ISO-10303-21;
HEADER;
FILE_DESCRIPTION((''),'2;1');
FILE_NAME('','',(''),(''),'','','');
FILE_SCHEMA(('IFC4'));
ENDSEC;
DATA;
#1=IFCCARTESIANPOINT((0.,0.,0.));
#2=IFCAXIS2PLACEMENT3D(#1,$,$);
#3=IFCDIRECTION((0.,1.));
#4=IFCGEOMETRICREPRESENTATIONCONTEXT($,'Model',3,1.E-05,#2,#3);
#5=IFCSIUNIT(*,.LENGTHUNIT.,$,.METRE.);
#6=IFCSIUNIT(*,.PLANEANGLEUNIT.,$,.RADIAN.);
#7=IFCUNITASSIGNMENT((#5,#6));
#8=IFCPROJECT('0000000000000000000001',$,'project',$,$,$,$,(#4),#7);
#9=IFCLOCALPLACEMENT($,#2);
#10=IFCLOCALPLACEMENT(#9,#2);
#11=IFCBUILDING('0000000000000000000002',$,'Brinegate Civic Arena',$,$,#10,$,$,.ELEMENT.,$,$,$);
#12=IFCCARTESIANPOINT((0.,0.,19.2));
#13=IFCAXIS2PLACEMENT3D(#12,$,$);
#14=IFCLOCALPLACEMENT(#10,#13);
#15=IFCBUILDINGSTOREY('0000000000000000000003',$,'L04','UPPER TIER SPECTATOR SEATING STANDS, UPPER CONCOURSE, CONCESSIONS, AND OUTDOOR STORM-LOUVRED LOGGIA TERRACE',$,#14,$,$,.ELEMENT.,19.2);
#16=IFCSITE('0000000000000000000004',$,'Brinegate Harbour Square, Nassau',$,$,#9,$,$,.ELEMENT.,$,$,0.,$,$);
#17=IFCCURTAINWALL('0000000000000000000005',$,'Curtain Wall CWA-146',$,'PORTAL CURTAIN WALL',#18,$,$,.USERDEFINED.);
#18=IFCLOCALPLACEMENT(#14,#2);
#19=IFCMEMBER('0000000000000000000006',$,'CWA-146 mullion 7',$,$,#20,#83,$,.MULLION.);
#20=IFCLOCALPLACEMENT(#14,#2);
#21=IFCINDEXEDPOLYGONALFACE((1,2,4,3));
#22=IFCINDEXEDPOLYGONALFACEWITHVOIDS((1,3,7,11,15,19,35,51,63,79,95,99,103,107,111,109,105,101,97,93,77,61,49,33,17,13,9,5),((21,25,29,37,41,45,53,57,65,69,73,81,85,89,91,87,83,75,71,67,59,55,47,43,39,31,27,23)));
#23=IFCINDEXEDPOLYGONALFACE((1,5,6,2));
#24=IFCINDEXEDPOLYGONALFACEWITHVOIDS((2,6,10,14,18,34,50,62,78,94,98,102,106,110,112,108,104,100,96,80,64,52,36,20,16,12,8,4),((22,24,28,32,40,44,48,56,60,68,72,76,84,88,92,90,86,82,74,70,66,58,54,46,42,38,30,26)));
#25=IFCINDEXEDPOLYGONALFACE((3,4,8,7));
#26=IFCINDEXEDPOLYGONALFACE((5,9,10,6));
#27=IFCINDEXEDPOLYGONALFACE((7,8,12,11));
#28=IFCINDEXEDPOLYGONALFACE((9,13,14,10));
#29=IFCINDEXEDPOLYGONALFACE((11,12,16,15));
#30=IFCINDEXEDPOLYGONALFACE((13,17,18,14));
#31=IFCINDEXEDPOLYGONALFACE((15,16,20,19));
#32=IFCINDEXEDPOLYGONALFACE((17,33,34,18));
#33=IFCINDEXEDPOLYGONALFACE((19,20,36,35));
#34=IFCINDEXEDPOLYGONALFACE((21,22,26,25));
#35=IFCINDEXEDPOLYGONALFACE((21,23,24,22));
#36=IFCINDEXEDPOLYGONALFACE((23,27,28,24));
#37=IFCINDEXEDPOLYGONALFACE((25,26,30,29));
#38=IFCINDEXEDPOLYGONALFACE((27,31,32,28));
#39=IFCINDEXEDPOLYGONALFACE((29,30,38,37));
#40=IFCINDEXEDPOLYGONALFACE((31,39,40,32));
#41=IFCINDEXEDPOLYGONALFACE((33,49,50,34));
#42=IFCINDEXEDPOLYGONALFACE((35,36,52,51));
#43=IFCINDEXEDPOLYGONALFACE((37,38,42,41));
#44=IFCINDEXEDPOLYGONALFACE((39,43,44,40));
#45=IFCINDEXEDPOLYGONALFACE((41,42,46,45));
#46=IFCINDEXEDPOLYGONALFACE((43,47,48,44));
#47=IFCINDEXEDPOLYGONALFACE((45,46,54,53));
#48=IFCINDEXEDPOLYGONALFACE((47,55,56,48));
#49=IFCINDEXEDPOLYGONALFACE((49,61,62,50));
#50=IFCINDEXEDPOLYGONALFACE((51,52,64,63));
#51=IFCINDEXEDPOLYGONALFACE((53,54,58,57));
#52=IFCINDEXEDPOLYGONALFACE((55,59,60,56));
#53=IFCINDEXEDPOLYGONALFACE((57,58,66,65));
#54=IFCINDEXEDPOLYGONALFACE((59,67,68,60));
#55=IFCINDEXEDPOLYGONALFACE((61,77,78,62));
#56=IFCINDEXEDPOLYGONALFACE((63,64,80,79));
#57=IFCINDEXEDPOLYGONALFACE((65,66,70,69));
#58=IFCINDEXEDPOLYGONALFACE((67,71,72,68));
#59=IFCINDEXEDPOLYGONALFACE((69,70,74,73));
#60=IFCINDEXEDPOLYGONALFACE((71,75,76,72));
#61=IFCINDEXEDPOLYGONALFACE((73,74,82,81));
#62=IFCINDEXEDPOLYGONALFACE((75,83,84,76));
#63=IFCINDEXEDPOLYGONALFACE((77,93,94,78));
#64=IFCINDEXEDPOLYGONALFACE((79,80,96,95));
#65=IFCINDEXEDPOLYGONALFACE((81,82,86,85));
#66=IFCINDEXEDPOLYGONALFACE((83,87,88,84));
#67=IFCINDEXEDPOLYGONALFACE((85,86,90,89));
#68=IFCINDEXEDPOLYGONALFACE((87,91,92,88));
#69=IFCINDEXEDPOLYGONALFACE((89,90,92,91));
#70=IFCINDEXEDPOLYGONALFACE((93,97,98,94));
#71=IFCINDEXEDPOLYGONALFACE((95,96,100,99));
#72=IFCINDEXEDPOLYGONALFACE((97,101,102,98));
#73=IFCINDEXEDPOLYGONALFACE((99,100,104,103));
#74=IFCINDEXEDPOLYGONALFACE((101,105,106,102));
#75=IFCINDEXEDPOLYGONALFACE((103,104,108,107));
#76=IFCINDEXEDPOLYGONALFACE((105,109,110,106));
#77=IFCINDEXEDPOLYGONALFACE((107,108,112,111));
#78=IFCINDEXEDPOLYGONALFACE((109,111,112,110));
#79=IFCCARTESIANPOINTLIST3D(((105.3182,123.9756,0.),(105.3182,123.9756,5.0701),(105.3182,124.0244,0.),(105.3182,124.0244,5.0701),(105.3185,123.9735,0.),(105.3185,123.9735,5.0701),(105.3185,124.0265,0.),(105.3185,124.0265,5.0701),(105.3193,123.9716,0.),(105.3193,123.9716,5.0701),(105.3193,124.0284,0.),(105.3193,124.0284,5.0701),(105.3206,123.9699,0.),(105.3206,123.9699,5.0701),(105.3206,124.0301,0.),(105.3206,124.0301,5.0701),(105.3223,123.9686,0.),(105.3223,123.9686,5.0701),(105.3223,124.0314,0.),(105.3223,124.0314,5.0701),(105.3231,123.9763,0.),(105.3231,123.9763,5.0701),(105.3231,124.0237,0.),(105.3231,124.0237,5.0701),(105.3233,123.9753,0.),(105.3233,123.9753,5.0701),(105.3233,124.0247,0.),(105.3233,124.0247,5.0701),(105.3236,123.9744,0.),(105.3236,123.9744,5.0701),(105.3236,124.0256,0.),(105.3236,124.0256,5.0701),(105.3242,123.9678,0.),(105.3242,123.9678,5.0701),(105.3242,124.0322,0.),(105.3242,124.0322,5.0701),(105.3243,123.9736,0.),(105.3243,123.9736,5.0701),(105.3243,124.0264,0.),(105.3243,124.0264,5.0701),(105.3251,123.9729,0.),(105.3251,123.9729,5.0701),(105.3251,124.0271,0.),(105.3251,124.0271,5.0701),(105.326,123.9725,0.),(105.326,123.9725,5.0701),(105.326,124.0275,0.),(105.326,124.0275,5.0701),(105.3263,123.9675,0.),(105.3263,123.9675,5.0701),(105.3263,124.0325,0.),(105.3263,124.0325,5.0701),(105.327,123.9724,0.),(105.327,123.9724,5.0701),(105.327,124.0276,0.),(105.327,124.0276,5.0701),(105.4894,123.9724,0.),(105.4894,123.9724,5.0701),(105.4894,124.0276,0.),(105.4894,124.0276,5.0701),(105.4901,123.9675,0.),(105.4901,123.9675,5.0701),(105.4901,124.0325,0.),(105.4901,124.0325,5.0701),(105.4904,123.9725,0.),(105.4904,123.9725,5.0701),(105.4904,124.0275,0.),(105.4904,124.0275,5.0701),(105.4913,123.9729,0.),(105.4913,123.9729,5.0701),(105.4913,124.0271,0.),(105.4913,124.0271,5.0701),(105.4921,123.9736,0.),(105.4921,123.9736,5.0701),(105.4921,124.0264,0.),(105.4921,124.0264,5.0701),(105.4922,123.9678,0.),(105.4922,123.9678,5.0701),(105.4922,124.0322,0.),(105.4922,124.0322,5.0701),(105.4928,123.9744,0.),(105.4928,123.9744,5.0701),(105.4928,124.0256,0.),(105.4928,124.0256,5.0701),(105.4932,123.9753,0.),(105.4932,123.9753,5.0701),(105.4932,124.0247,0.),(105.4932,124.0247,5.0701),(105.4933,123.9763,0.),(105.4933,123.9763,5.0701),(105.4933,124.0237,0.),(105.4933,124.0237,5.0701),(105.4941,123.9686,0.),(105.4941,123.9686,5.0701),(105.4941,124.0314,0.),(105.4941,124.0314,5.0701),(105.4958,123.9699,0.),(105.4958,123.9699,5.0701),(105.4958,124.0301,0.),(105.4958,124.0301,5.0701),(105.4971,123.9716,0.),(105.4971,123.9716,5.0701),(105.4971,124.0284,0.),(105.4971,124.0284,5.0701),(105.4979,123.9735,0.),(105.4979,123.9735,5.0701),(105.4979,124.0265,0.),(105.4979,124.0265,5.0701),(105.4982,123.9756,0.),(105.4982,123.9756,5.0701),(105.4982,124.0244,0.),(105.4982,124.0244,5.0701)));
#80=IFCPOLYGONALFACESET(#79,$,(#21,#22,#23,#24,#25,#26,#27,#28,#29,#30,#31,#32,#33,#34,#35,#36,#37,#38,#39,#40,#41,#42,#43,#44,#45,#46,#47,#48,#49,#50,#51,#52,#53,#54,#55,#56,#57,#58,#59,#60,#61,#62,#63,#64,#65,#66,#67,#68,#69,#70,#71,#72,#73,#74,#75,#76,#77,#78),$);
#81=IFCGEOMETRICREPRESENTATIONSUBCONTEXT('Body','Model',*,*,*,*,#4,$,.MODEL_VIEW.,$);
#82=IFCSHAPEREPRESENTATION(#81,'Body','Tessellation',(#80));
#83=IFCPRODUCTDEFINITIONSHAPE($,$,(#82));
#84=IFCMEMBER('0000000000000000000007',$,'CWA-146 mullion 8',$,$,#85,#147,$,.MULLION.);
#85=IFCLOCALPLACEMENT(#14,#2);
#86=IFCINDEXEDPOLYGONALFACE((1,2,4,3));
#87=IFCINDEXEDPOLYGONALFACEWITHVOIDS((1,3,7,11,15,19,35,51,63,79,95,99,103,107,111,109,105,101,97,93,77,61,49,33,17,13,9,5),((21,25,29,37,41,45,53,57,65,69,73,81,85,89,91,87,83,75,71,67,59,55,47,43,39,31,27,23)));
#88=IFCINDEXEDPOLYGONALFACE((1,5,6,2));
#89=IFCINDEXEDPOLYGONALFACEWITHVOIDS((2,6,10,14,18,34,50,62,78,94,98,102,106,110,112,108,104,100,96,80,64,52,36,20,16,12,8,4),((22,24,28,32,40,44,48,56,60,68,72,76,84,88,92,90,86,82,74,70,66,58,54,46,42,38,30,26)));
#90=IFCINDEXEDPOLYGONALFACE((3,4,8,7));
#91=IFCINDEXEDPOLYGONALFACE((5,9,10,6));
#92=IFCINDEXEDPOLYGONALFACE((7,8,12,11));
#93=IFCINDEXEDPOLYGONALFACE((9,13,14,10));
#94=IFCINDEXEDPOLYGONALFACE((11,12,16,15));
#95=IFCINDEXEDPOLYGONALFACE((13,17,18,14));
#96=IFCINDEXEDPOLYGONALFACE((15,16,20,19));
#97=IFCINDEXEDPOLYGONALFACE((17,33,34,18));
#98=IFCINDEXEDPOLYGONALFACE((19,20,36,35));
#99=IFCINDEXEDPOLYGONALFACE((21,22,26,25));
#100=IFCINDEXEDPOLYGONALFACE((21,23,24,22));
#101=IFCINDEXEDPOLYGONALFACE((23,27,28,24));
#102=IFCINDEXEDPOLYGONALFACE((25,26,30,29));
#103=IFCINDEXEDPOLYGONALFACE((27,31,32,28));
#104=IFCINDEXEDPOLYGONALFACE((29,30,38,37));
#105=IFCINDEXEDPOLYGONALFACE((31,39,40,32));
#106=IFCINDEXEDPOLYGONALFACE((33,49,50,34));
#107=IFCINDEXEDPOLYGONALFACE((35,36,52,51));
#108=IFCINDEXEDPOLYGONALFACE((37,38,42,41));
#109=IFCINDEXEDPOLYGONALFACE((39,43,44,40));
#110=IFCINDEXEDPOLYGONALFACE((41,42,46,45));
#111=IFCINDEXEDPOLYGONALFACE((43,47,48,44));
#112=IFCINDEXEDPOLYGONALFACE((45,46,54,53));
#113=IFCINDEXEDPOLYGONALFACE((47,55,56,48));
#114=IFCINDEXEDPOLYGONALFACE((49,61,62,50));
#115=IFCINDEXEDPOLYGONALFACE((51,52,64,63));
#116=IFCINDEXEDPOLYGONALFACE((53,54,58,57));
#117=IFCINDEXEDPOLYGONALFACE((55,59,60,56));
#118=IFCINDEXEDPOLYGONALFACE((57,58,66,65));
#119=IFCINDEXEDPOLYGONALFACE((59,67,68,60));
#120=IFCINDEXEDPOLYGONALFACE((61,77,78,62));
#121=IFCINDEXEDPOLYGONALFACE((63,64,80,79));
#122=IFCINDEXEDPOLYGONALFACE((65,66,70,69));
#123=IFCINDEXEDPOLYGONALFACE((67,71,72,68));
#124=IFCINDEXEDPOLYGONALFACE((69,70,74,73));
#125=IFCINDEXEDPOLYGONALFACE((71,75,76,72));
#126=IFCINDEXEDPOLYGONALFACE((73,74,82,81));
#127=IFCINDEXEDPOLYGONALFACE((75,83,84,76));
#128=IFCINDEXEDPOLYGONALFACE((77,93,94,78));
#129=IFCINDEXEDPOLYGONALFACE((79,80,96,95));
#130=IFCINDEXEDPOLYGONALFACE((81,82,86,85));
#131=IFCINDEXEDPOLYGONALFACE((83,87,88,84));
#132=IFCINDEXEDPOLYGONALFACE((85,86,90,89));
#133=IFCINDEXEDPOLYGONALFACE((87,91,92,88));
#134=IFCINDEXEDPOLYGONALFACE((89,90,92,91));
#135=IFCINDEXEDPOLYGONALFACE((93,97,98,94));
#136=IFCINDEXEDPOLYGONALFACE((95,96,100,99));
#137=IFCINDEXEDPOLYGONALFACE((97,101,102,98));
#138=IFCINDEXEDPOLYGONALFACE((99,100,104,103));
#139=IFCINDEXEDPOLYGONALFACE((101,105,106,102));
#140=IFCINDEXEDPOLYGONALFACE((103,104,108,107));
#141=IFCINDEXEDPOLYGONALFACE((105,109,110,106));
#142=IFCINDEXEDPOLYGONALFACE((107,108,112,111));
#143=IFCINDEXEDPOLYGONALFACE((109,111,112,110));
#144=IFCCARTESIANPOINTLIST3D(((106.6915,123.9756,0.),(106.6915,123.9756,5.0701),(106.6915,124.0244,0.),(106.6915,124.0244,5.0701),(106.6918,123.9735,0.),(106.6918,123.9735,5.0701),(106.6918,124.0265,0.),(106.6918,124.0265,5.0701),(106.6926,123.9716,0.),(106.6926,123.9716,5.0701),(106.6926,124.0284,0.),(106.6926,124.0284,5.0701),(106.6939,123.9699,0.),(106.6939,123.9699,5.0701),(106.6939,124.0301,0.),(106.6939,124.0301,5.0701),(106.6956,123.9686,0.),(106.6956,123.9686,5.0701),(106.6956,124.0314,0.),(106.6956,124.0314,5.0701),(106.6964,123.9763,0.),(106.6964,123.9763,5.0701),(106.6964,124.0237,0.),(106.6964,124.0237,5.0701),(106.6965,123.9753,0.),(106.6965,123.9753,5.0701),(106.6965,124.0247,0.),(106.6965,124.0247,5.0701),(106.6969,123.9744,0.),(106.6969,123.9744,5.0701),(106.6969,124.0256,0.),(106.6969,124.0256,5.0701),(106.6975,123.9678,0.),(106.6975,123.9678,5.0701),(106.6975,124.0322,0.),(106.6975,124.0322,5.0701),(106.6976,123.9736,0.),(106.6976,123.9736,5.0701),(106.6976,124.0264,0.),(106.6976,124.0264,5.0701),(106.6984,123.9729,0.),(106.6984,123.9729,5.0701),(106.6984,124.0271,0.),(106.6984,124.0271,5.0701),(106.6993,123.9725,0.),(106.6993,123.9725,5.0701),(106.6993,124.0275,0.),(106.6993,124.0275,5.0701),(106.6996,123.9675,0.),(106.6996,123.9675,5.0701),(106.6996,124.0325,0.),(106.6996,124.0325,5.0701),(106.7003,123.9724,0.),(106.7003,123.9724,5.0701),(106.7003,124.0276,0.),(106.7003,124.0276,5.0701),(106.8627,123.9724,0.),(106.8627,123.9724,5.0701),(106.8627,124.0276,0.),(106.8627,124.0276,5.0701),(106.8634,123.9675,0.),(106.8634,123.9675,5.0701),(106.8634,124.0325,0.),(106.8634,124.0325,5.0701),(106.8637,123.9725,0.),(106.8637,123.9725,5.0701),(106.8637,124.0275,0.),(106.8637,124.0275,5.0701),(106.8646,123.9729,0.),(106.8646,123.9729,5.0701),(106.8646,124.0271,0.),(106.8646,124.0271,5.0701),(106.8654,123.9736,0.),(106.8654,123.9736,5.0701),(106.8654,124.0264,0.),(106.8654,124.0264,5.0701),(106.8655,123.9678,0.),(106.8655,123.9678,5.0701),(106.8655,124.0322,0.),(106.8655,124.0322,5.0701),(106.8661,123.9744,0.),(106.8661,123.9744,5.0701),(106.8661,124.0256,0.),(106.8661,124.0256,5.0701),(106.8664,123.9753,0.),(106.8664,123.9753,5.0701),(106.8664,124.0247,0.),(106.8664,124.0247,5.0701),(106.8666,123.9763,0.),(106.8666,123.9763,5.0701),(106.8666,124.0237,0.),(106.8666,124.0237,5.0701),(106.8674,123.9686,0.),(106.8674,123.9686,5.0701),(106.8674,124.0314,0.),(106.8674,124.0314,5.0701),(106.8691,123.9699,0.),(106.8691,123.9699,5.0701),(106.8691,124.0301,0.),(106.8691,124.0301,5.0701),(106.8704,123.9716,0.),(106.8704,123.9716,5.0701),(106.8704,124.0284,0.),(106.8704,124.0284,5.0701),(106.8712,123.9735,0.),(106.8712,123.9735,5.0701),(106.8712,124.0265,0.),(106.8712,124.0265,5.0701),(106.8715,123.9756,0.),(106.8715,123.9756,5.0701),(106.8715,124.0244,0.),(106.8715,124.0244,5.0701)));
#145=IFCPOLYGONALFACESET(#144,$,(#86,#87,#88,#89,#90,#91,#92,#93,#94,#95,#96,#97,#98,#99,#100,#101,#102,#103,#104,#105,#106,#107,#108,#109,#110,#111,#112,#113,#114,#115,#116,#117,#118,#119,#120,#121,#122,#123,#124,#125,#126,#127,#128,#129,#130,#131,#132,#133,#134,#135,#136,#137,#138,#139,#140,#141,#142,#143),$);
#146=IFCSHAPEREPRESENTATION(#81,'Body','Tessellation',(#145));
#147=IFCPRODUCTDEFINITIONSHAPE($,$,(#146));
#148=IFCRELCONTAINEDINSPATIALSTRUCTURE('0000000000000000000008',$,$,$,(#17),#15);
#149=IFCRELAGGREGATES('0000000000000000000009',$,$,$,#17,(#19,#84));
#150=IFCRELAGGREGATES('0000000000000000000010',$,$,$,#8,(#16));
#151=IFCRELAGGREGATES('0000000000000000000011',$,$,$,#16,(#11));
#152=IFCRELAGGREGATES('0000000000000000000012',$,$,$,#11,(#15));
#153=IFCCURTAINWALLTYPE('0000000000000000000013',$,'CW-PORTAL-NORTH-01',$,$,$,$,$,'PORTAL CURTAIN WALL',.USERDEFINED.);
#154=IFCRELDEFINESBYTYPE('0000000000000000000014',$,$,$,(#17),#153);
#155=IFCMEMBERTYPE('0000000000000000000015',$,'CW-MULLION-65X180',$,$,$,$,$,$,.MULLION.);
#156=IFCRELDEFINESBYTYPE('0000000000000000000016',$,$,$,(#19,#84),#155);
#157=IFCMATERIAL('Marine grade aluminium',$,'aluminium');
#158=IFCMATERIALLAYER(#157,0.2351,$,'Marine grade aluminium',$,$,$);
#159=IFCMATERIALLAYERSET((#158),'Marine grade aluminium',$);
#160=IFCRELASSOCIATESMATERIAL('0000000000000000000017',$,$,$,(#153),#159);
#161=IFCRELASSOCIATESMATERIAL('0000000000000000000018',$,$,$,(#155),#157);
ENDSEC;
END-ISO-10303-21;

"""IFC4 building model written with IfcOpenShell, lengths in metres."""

from ifc_helpers import new_model, si_unit, direction, frame, origin, origin_2d, place, context, subcontext, project, spatial, hollow_rectangle, extrude, material, layer, layer_set, material_profile, profile_set, type_object, element, aggregate, save


model = new_model("IFC4")

# Units and contexts
model_context = context("Model", 3, precision=1e-05, world=origin(), true_north=direction((0.0, 1.0)))
body_context = subcontext(model_context, "Body", "Model", "MODEL_VIEW")
ifc_project = project(units=[si_unit("LENGTHUNIT", "METRE"), si_unit("PLANEANGLEUNIT", "RADIAN")], contexts=[model_context])

# Site, building, storey
site_placement = place(None, origin())
site = spatial("IfcSite", under=ifc_project, at=site_placement, Name="Brinegate Harbour Square, Nassau", CompositionType="ELEMENT", RefElevation=0.0)
building_placement = place(site_placement, origin())
building = spatial("IfcBuilding", under=site, at=building_placement, Name="Brinegate Civic Arena", CompositionType="ELEMENT")
storey_placement = place(building_placement, frame((0.0, 0.0, 19.2)))
storey = spatial("IfcBuildingStorey", under=building, at=storey_placement, Name="L04", Description="UPPER TIER SPECTATOR SEATING STANDS, UPPER CONCOURSE, CONCESSIONS, AND OUTDOOR STORM-LOUVRED LOGGIA TERRACE", CompositionType="ELEMENT", Elevation=19.2)

# Curtain wall, members
ifc_material_1 = material(Name="Marine grade aluminium", Category="aluminium")
ifc_layer_1 = layer(ifc_material_1, 0.2351, Name="Marine grade aluminium")
ifc_layer_set_1 = layer_set([ifc_layer_1], Name="Marine grade aluminium")
curtain_wall_type = type_object("IfcCurtainWallType", Name="CW-PORTAL-NORTH-01", ElementType="PORTAL CURTAIN WALL", PredefinedType="USERDEFINED", material=ifc_layer_set_1)
curtain_wall_placement = place(storey_placement, origin())
curtain_wall = element("IfcCurtainWall", 1, at=curtain_wall_placement, inside=storey, type_object=curtain_wall_type, Name="Curtain Wall CWA-146", ObjectType="PORTAL CURTAIN WALL", PredefinedType="USERDEFINED")
ifc_material_profile_1 = material_profile(ifc_material_1, hollow_rectangle(XDim=0.0649, YDim=0.1799, WallThickness=0.0049, InnerFilletRadius=0.0039, OuterFilletRadius=0.0081, at=origin_2d()), Name="MUL65X180")
ifc_profile_set_1 = profile_set([ifc_material_profile_1], Name="Marine grade aluminium")
member_type_1 = type_object("IfcMemberType", Name="CW-MULLION-65X180", PredefinedType="MULLION", material=ifc_profile_set_1)
member_1_placement = place(storey_placement, frame((105.4082, 124.0, 0.0), z_axis=(0.0, 0.0, 1.0), x_axis=(0.0, 1.0, 0.0)))
member_1 = element("IfcMember", 2, at=member_1_placement, type_object=member_type_1, Name="CWA-146 mullion 7", PredefinedType="MULLION", context=body_context, shape_type="SweptSolid", body=[
    extrude(hollow_rectangle(XDim=0.0649, YDim=0.1799, WallThickness=0.0049, InnerFilletRadius=0.0039, OuterFilletRadius=0.0081, at=origin_2d()), origin(), (0.0, 0.0, 1.0), 5.0701),
])
member_2_placement = place(storey_placement, frame((106.7815, 124.0, 0.0), z_axis=(0.0, 0.0, 1.0), x_axis=(0.0, 1.0, 0.0)))
member_2 = element("IfcMember", 3, at=member_2_placement, type_object=member_type_1, Name="CWA-146 mullion 8", PredefinedType="MULLION", context=body_context, shape_type="SweptSolid", body=[
    extrude(hollow_rectangle(XDim=0.0649, YDim=0.1799, WallThickness=0.0049, InnerFilletRadius=0.0039, OuterFilletRadius=0.0081, at=origin_2d()), origin(), (0.0, 0.0, 1.0), 5.0701),
])

aggregate(curtain_wall, [member_1, member_2])

save(model, "model.ifc")
